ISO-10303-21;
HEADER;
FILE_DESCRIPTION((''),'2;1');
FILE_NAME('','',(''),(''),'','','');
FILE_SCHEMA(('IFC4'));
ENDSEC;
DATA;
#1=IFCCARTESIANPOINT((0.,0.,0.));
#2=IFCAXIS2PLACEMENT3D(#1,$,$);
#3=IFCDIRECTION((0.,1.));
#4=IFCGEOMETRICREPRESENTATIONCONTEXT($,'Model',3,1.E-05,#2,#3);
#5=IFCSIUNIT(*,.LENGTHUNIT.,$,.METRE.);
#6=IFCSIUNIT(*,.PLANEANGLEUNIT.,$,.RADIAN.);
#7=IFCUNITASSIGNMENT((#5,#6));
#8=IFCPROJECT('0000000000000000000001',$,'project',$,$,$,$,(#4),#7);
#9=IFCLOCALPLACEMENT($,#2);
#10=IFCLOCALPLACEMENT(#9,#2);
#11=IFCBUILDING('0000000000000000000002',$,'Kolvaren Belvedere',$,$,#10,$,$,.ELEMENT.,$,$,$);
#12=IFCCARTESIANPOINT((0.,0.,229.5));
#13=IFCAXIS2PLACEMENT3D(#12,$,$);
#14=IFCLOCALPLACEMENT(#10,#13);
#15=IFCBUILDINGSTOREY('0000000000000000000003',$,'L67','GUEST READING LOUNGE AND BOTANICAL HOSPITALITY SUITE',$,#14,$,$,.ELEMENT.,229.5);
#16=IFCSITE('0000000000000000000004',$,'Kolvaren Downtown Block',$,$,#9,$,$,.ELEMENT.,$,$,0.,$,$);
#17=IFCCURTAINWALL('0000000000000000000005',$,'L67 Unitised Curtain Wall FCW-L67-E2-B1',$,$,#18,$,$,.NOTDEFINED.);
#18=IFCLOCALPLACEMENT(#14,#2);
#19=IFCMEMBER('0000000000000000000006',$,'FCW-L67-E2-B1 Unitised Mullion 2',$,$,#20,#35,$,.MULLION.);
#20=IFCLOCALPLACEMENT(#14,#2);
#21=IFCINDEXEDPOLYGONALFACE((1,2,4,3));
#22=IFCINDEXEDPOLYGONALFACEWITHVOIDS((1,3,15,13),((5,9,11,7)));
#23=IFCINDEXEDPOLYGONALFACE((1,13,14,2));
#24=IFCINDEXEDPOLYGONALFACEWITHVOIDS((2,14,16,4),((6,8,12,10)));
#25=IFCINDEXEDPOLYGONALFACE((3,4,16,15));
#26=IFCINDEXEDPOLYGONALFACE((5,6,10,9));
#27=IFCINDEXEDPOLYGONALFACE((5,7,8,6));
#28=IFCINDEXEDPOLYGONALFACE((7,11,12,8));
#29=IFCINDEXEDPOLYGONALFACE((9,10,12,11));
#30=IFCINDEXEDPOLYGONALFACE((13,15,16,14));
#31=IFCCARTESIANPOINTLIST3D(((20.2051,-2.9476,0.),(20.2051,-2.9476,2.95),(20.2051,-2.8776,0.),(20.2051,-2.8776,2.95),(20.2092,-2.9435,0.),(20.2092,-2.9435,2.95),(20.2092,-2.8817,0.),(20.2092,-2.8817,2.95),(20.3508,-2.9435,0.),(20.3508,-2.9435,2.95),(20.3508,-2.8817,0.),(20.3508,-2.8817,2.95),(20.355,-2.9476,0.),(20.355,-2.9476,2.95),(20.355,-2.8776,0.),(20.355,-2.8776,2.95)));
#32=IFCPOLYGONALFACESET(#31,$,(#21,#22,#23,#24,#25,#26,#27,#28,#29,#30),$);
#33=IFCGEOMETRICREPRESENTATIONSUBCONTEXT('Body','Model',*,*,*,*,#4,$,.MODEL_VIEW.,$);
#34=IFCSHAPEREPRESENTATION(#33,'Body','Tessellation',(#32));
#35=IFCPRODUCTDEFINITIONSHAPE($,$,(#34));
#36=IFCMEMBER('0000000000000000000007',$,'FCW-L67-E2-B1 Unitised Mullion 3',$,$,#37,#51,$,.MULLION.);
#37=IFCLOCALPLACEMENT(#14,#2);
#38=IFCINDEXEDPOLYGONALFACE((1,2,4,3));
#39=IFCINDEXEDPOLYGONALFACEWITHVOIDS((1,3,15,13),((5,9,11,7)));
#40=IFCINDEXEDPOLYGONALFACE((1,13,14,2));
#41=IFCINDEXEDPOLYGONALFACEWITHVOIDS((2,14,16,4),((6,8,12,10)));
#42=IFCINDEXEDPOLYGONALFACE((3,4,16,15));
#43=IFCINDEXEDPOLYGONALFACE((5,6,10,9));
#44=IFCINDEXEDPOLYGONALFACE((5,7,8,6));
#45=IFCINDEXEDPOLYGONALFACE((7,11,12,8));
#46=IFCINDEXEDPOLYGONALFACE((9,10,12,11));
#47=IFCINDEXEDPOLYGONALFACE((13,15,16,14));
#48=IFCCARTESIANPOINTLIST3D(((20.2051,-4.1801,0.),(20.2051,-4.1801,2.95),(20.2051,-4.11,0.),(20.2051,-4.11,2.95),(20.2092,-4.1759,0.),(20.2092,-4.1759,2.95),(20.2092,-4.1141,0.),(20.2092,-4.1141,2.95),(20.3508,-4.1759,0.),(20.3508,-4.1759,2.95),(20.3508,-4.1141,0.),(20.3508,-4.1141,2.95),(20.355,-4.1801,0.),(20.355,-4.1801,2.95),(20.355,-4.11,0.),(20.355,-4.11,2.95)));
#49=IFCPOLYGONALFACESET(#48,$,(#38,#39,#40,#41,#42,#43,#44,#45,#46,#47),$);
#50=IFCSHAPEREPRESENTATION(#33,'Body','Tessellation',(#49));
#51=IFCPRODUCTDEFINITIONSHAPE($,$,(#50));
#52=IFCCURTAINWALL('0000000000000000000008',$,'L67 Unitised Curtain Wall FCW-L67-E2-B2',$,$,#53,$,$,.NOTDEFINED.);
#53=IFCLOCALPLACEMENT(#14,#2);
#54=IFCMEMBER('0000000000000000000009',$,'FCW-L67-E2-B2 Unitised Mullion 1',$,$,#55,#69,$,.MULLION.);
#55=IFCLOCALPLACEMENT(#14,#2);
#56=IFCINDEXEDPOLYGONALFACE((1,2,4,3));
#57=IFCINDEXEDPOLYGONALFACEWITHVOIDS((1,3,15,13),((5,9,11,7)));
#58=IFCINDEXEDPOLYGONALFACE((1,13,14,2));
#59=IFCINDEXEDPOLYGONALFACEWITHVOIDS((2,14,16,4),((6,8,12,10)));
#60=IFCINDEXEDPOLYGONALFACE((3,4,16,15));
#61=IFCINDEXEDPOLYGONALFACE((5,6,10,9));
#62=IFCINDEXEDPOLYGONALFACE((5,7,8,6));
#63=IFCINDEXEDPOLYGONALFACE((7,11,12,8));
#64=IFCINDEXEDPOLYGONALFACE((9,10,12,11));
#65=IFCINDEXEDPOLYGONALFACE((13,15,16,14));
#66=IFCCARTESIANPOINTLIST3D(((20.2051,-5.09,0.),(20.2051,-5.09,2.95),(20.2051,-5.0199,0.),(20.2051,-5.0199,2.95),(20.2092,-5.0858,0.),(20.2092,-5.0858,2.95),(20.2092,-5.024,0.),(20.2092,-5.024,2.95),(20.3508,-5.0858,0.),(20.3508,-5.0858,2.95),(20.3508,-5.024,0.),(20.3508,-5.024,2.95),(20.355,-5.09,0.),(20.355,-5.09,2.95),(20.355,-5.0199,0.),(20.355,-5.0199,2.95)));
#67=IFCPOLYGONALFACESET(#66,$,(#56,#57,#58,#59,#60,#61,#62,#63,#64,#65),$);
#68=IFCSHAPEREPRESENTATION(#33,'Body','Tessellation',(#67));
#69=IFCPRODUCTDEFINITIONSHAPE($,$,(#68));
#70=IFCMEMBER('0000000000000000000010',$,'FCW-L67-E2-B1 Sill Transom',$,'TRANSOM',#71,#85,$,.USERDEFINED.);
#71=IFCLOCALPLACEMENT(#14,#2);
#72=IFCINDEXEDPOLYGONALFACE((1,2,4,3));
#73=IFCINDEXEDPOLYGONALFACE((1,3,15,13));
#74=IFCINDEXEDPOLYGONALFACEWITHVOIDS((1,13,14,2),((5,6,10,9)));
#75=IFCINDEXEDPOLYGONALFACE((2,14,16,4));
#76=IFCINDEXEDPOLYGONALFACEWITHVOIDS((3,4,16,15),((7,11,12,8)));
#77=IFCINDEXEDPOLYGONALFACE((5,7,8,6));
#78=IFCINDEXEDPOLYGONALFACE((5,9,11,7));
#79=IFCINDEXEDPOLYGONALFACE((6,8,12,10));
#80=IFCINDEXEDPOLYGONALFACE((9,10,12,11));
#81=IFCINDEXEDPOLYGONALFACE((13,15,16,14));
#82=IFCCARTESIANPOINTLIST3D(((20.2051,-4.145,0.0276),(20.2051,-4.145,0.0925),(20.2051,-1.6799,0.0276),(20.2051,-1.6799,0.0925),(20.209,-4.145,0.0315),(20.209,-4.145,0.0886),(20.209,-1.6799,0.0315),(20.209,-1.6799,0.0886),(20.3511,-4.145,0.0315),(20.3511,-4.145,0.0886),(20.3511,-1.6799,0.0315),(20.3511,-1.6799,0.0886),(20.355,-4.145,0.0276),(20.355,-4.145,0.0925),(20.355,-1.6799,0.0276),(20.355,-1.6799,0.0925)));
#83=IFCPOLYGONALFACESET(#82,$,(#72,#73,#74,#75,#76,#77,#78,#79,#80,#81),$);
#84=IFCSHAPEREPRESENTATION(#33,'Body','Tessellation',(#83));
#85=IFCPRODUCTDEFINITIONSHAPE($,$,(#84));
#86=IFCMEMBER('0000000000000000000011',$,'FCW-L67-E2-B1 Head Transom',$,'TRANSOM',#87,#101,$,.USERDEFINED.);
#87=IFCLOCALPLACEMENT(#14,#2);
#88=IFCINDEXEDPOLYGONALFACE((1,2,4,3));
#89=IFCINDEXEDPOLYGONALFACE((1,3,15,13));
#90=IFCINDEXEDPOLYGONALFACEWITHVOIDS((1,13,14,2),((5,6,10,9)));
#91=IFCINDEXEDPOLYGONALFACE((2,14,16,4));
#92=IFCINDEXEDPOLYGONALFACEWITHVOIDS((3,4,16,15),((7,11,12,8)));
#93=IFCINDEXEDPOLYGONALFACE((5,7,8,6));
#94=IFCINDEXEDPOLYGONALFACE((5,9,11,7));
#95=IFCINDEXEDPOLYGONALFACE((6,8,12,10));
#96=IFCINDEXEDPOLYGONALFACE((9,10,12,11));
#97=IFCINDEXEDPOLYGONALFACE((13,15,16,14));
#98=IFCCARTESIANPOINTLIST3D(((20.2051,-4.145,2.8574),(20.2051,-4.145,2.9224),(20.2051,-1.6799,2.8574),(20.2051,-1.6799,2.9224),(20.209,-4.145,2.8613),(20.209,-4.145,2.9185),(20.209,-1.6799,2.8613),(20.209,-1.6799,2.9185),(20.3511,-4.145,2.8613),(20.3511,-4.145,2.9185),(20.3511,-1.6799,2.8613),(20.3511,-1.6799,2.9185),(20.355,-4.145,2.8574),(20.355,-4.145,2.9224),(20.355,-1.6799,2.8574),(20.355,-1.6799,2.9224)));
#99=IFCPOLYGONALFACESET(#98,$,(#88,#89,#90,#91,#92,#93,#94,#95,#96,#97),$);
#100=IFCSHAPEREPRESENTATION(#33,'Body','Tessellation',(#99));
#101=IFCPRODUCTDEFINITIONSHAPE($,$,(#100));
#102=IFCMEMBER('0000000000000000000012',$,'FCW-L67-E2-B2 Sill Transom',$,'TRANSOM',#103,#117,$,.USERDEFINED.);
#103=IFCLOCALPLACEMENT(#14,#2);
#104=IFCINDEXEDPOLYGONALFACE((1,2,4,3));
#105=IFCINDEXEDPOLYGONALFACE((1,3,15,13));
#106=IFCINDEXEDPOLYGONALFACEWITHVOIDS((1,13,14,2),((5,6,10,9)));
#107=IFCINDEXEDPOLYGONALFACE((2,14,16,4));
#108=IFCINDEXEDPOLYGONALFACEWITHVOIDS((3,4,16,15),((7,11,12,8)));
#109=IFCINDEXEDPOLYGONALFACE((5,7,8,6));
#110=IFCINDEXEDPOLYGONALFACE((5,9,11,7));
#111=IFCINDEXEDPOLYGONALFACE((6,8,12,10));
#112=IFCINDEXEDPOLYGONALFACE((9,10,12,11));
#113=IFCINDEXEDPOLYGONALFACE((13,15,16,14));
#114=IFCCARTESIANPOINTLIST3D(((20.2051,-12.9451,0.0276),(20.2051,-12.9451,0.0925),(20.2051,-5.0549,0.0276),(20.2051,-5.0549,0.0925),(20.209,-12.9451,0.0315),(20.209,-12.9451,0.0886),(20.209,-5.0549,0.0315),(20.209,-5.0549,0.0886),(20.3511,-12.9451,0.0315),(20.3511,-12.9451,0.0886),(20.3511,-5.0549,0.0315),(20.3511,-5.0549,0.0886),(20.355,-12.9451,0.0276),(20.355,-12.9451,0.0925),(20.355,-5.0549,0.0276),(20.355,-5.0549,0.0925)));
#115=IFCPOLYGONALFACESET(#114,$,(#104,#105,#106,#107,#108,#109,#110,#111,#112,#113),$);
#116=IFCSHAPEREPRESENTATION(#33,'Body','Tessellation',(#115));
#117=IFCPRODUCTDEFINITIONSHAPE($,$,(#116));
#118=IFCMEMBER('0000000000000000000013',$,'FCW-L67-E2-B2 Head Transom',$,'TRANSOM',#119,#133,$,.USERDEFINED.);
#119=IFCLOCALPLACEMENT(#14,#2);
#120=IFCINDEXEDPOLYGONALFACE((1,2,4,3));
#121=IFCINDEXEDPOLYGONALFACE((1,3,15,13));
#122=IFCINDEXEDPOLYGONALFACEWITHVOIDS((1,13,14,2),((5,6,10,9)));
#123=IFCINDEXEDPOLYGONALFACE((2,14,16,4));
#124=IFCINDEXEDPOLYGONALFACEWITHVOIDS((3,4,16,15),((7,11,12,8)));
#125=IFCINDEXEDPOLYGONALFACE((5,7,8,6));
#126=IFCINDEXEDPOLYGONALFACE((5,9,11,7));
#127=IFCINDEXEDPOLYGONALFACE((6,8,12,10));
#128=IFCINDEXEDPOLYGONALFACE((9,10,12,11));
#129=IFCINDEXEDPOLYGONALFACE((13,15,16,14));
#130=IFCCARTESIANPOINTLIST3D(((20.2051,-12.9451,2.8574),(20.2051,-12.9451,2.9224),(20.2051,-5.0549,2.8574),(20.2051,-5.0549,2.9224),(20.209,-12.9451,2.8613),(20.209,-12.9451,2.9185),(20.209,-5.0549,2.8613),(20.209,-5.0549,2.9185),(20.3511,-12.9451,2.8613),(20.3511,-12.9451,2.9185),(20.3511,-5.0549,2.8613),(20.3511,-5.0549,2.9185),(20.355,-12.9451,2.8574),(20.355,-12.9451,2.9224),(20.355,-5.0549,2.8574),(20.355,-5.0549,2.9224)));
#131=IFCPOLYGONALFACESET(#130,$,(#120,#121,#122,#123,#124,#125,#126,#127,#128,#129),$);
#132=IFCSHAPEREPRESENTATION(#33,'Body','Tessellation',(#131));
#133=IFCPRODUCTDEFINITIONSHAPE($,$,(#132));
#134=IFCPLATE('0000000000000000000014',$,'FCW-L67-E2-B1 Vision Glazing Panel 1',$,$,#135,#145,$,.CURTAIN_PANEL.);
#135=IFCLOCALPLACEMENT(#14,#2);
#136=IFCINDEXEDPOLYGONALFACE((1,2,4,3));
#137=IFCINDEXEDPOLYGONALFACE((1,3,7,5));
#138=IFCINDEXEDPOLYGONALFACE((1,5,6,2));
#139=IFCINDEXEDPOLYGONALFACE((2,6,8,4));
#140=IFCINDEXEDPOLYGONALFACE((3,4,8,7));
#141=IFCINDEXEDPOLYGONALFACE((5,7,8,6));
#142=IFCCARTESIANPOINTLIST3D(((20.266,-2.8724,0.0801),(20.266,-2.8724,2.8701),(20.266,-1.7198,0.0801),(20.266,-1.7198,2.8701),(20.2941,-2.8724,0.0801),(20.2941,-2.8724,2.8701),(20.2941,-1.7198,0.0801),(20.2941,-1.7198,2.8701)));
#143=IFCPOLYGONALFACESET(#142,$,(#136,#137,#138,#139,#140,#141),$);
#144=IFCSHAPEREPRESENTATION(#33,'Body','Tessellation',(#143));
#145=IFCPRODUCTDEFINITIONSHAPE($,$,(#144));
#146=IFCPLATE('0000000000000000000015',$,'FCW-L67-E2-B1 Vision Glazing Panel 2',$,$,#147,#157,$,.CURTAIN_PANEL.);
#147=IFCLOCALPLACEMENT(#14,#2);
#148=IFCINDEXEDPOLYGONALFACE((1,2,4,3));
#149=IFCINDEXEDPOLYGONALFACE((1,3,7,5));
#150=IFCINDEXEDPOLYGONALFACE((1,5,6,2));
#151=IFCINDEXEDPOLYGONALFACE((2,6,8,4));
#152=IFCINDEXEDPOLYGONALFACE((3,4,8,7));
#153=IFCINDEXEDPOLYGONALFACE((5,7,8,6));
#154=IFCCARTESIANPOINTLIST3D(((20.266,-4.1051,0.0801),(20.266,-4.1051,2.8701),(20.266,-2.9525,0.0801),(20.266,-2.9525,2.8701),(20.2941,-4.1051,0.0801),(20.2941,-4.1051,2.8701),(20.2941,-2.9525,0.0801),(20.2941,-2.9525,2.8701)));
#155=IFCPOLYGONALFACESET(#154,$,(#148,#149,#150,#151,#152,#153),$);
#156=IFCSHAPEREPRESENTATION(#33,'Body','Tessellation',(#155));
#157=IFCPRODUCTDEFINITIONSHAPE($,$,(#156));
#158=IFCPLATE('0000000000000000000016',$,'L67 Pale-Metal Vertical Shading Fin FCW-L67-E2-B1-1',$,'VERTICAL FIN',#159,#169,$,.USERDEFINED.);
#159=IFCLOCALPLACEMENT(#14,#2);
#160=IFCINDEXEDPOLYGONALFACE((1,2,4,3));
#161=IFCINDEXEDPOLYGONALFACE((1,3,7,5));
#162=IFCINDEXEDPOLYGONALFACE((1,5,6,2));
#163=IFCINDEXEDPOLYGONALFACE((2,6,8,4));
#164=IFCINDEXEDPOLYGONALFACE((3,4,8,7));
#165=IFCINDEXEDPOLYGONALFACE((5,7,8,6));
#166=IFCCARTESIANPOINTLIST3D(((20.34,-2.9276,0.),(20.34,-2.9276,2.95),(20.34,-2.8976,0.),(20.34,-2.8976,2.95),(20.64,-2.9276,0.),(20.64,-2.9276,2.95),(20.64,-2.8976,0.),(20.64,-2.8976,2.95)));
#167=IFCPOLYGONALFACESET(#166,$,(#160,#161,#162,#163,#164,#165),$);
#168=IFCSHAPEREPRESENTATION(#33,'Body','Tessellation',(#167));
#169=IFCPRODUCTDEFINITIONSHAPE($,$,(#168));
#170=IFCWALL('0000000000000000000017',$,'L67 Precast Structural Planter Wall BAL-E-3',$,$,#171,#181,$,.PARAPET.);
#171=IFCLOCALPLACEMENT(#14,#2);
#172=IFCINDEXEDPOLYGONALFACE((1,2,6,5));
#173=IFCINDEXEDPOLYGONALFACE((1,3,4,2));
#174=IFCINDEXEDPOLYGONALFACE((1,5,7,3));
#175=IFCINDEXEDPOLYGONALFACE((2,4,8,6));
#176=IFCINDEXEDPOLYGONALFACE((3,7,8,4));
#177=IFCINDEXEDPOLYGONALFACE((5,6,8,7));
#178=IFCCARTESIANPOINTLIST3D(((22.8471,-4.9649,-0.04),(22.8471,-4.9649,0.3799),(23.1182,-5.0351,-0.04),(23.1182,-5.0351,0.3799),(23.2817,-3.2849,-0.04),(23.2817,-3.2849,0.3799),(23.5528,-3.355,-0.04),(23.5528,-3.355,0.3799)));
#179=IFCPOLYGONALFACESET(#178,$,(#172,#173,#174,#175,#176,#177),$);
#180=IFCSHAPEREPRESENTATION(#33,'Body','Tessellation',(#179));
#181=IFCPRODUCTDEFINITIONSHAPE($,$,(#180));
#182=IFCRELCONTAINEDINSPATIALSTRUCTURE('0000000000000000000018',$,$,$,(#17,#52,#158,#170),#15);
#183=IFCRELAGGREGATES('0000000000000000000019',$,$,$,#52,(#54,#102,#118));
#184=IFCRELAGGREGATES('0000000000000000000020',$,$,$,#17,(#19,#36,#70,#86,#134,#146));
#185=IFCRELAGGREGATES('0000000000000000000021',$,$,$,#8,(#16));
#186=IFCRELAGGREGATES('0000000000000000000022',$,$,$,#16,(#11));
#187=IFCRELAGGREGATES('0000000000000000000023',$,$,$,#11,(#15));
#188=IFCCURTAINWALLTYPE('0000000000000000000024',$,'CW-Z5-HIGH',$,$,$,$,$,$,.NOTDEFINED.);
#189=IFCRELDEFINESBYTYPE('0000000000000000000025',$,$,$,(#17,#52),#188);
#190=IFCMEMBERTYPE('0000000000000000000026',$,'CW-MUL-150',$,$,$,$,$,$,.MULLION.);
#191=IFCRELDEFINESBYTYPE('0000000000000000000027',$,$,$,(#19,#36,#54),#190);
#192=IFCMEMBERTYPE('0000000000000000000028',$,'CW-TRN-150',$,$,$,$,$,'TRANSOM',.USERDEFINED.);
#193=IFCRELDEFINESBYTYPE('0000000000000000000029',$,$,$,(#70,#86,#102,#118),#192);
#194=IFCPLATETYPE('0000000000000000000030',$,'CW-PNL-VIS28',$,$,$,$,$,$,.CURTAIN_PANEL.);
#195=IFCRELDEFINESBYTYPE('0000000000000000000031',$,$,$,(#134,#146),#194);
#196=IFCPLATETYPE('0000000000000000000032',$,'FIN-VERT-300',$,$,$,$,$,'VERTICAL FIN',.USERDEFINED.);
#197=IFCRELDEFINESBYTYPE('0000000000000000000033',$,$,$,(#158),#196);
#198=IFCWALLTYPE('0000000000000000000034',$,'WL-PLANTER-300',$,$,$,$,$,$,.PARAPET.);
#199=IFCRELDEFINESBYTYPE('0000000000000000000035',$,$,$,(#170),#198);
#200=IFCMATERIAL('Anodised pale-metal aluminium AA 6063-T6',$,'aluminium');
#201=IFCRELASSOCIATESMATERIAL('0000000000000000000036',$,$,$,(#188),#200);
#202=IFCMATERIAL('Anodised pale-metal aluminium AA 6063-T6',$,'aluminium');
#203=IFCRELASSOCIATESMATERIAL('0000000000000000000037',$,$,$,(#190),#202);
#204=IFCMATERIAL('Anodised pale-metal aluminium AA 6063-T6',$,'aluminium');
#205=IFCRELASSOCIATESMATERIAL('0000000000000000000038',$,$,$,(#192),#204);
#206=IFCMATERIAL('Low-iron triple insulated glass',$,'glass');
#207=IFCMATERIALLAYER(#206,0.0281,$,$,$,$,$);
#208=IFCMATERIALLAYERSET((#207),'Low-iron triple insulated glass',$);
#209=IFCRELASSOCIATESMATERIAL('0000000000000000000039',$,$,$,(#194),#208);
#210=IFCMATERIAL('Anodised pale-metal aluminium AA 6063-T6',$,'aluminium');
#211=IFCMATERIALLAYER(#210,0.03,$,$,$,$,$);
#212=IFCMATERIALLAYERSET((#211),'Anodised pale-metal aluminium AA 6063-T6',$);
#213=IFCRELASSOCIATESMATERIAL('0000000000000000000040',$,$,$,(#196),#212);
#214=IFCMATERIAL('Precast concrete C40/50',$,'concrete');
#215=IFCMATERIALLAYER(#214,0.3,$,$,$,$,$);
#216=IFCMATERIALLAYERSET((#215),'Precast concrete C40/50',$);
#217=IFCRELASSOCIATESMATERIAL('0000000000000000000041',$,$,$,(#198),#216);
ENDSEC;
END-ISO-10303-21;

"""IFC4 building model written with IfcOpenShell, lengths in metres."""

from ifc_helpers import new_model, si_unit, direction, frame, frame_2d, origin, origin_2d, place, context, subcontext, project, spatial, rectangle, hollow_rectangle, extrude, material, layer, layer_set, material_profile, profile_set, type_object, element, aggregate, save


model = new_model("IFC4")

# Units and contexts
model_context = context("Model", 3, precision=1e-05, world=origin(), true_north=direction((0.0, 1.0)))
body_context = subcontext(model_context, "Body", "Model", "MODEL_VIEW")
ifc_project = project(units=[si_unit("LENGTHUNIT", "METRE"), si_unit("PLANEANGLEUNIT", "RADIAN")], contexts=[model_context])

# Site, building, storey
site_placement = place(None, origin())
site = spatial("IfcSite", under=ifc_project, at=site_placement, Name="Kolvaren Downtown Block", CompositionType="ELEMENT", RefElevation=0.0)
building_placement = place(site_placement, origin())
building = spatial("IfcBuilding", under=site, at=building_placement, Name="Kolvaren Belvedere", CompositionType="ELEMENT")
storey_placement = place(building_placement, frame((0.0, 0.0, 229.5)))
storey = spatial("IfcBuildingStorey", under=building, at=storey_placement, Name="L67", Description="GUEST READING LOUNGE AND BOTANICAL HOSPITALITY SUITE", CompositionType="ELEMENT", Elevation=229.5)

# Curtain wall, members
ifc_material_1 = material(Name="Anodised pale-metal aluminium AA 6063-T6", Category="aluminium")
curtain_wall_type = type_object("IfcCurtainWallType", Name="CW-Z5-HIGH", PredefinedType="NOTDEFINED", material=ifc_material_1)
curtain_wall_1_placement = place(storey_placement, origin())
curtain_wall_1 = element("IfcCurtainWall", 1, at=curtain_wall_1_placement, inside=storey, type_object=curtain_wall_type, Name="L67 Unitised Curtain Wall FCW-L67-E2-B1", PredefinedType="NOTDEFINED")
ifc_material_2 = material(Name="Anodised pale-metal aluminium AA 6063-T6", Category="aluminium")
ifc_material_profile_1 = material_profile(ifc_material_2, hollow_rectangle(XDim=0.0701, YDim=0.1499, WallThickness=0.0042, at=origin_2d()), Name="ALU-MUL-150X70")
ifc_profile_set_1 = profile_set([ifc_material_profile_1], Name="Anodised pale-metal aluminium AA 6063-T6")
member_type_1 = type_object("IfcMemberType", Name="CW-MUL-150", PredefinedType="MULLION", material=ifc_profile_set_1)
member_1_placement = place(storey_placement, frame((20.28, -2.9126, 0.0), z_axis=(0.0, 0.0, 1.0), x_axis=(0.0, 1.0, 0.0)))
member_1 = element("IfcMember", 2, at=member_1_placement, type_object=member_type_1, Name="FCW-L67-E2-B1 Unitised Mullion 2", PredefinedType="MULLION", context=body_context, shape_type="SweptSolid", body=[
    extrude(hollow_rectangle(XDim=0.0701, YDim=0.1499, WallThickness=0.0042, at=origin_2d()), origin(), (0.0, 0.0, 1.0), 2.95),
])
member_2_placement = place(storey_placement, frame((20.28, -4.145, 0.0), z_axis=(0.0, 0.0, 1.0), x_axis=(0.0, 1.0, 0.0)))
member_2 = element("IfcMember", 3, at=member_2_placement, type_object=member_type_1, Name="FCW-L67-E2-B1 Unitised Mullion 3", PredefinedType="MULLION", context=body_context, shape_type="SweptSolid", body=[
    extrude(hollow_rectangle(XDim=0.0701, YDim=0.1499, WallThickness=0.0042, at=origin_2d()), origin(), (0.0, 0.0, 1.0), 2.95),
])

# Curtain wall, member
curtain_wall_2_placement = place(storey_placement, origin())
curtain_wall_2 = element("IfcCurtainWall", 4, at=curtain_wall_2_placement, inside=storey, type_object=curtain_wall_type, Name="L67 Unitised Curtain Wall FCW-L67-E2-B2", PredefinedType="NOTDEFINED")
member_3_placement = place(storey_placement, frame((20.28, -5.0549, 0.0), z_axis=(0.0, 0.0, 1.0), x_axis=(0.0, 1.0, 0.0)))
member_3 = element("IfcMember", 5, at=member_3_placement, type_object=member_type_1, Name="FCW-L67-E2-B2 Unitised Mullion 1", PredefinedType="MULLION", context=body_context, shape_type="SweptSolid", body=[
    extrude(hollow_rectangle(XDim=0.0701, YDim=0.1499, WallThickness=0.0042, at=origin_2d()), origin(), (0.0, 0.0, 1.0), 2.95),
])

# Members
ifc_material_3 = material(Name="Anodised pale-metal aluminium AA 6063-T6", Category="aluminium")
ifc_material_profile_2 = material_profile(ifc_material_3, hollow_rectangle(XDim=0.0649, YDim=0.1499, WallThickness=0.0039, at=origin_2d()), Name="ALU-TRN-150X65")
ifc_profile_set_2 = profile_set([ifc_material_profile_2], Name="Anodised pale-metal aluminium AA 6063-T6")
member_type_2 = type_object("IfcMemberType", Name="CW-TRN-150", ElementType="TRANSOM", PredefinedType="USERDEFINED", material=ifc_profile_set_2)
member_4_placement = place(storey_placement, frame((20.28, -1.6799, 0.0601), z_axis=(0.0, -1.0, 0.0), x_axis=(0.0, 0.0, 1.0)))
member_4 = element("IfcMember", 6, at=member_4_placement, type_object=member_type_2, Name="FCW-L67-E2-B1 Sill Transom", ObjectType="TRANSOM", PredefinedType="USERDEFINED", context=body_context, shape_type="SweptSolid", body=[
    extrude(hollow_rectangle(XDim=0.0649, YDim=0.1499, WallThickness=0.0039, at=origin_2d()), origin(), (0.0, 0.0, 1.0), 2.4651),
])
member_5_placement = place(storey_placement, frame((20.28, -1.6799, 2.8899), z_axis=(0.0, -1.0, 0.0), x_axis=(0.0, 0.0, 1.0)))
member_5 = element("IfcMember", 7, at=member_5_placement, type_object=member_type_2, Name="FCW-L67-E2-B1 Head Transom", ObjectType="TRANSOM", PredefinedType="USERDEFINED", context=body_context, shape_type="SweptSolid", body=[
    extrude(hollow_rectangle(XDim=0.0649, YDim=0.1499, WallThickness=0.0039, at=origin_2d()), origin(), (0.0, 0.0, 1.0), 2.4651),
])
member_6_placement = place(storey_placement, frame((20.28, -5.0549, 0.0601), z_axis=(0.0, -1.0, 0.0), x_axis=(0.0, 0.0, 1.0)))
member_6 = element("IfcMember", 8, at=member_6_placement, type_object=member_type_2, Name="FCW-L67-E2-B2 Sill Transom", ObjectType="TRANSOM", PredefinedType="USERDEFINED", context=body_context, shape_type="SweptSolid", body=[
    extrude(hollow_rectangle(XDim=0.0649, YDim=0.1499, WallThickness=0.0039, at=origin_2d()), origin(), (0.0, 0.0, 1.0), 7.8901),
])
member_7_placement = place(storey_placement, frame((20.28, -5.0549, 2.8899), z_axis=(0.0, -1.0, 0.0), x_axis=(0.0, 0.0, 1.0)))
member_7 = element("IfcMember", 9, at=member_7_placement, type_object=member_type_2, Name="FCW-L67-E2-B2 Head Transom", ObjectType="TRANSOM", PredefinedType="USERDEFINED", context=body_context, shape_type="SweptSolid", body=[
    extrude(hollow_rectangle(XDim=0.0649, YDim=0.1499, WallThickness=0.0039, at=origin_2d()), origin(), (0.0, 0.0, 1.0), 7.8901),
])
aggregate(curtain_wall_2, [member_3, member_6, member_7])

# Plates
ifc_material_4 = material(Name="Low-iron triple insulated glass", Category="glass")
ifc_layer_1 = layer(ifc_material_4, 0.0281)
ifc_layer_set_1 = layer_set([ifc_layer_1], Name="Low-iron triple insulated glass")
plate_type_1 = type_object("IfcPlateType", Name="CW-PNL-VIS28", PredefinedType="CURTAIN_PANEL", material=ifc_layer_set_1)
plate_1_placement = place(storey_placement, frame((20.28, -2.2961, 0.0801), z_axis=(0.0, 0.0, 1.0), x_axis=(0.0, -1.0, 0.0)))
plate_1 = element("IfcPlate", 10, at=plate_1_placement, type_object=plate_type_1, Name="FCW-L67-E2-B1 Vision Glazing Panel 1", PredefinedType="CURTAIN_PANEL", context=body_context, shape_type="SweptSolid", body=[
    extrude(rectangle(XDim=1.1526, YDim=0.0281, at=origin_2d()), origin(), (0.0, 0.0, 1.0), 2.79),
])
plate_2_placement = place(storey_placement, frame((20.28, -3.5288, 0.0801), z_axis=(0.0, 0.0, 1.0), x_axis=(0.0, -1.0, 0.0)))
plate_2 = element("IfcPlate", 11, at=plate_2_placement, type_object=plate_type_1, Name="FCW-L67-E2-B1 Vision Glazing Panel 2", PredefinedType="CURTAIN_PANEL", context=body_context, shape_type="SweptSolid", body=[
    extrude(rectangle(XDim=1.1526, YDim=0.0281, at=origin_2d()), origin(), (0.0, 0.0, 1.0), 2.79),
])
aggregate(curtain_wall_1, [member_1, member_2, member_4, member_5, plate_1, plate_2])
ifc_material_5 = material(Name="Anodised pale-metal aluminium AA 6063-T6", Category="aluminium")
ifc_layer_2 = layer(ifc_material_5, 0.03)
ifc_layer_set_2 = layer_set([ifc_layer_2], Name="Anodised pale-metal aluminium AA 6063-T6")
plate_type_2 = type_object("IfcPlateType", Name="FIN-VERT-300", ElementType="VERTICAL FIN", PredefinedType="USERDEFINED", material=ifc_layer_set_2)
plate_3_placement = place(storey_placement, frame((20.49, -2.9126, 0.0), z_axis=(0.0, 0.0, 1.0), x_axis=(1.0, 0.0, 0.0)))
element("IfcPlate", 12, at=plate_3_placement, inside=storey, type_object=plate_type_2, Name="L67 Pale-Metal Vertical Shading Fin FCW-L67-E2-B1-1", ObjectType="VERTICAL FIN", PredefinedType="USERDEFINED", context=body_context, shape_type="SweptSolid", body=[
    extrude(rectangle(XDim=0.3, YDim=0.03, at=origin_2d()), origin(), (0.0, 0.0, 1.0), 2.95),
])

# Wall
ifc_material_6 = material(Name="Precast concrete C40/50", Category="concrete")
ifc_layer_3 = layer(ifc_material_6, 0.3)
ifc_layer_set_3 = layer_set([ifc_layer_3], Name="Precast concrete C40/50")
wall_type = type_object("IfcWallType", Name="WL-PLANTER-300", PredefinedType="PARAPET", material=ifc_layer_set_3)
wall_1_placement = place(storey_placement, frame((22.9827, -5.0, -0.04), z_axis=(0.0, 0.0, 1.0), x_axis=(0.250406, 0.968141, 0.0)))
element("IfcWall", 13, at=wall_1_placement, inside=storey, type_object=wall_type, Name="L67 Precast Structural Planter Wall BAL-E-3", PredefinedType="PARAPET", context=body_context, shape_type="SweptSolid", body=[
    extrude(rectangle(XDim=1.7354, YDim=0.28, at=frame_2d((0.8677, 0.0))), origin(), (0.0, 0.0, 1.0), 0.4199),
])

save(model, "model.ifc")
